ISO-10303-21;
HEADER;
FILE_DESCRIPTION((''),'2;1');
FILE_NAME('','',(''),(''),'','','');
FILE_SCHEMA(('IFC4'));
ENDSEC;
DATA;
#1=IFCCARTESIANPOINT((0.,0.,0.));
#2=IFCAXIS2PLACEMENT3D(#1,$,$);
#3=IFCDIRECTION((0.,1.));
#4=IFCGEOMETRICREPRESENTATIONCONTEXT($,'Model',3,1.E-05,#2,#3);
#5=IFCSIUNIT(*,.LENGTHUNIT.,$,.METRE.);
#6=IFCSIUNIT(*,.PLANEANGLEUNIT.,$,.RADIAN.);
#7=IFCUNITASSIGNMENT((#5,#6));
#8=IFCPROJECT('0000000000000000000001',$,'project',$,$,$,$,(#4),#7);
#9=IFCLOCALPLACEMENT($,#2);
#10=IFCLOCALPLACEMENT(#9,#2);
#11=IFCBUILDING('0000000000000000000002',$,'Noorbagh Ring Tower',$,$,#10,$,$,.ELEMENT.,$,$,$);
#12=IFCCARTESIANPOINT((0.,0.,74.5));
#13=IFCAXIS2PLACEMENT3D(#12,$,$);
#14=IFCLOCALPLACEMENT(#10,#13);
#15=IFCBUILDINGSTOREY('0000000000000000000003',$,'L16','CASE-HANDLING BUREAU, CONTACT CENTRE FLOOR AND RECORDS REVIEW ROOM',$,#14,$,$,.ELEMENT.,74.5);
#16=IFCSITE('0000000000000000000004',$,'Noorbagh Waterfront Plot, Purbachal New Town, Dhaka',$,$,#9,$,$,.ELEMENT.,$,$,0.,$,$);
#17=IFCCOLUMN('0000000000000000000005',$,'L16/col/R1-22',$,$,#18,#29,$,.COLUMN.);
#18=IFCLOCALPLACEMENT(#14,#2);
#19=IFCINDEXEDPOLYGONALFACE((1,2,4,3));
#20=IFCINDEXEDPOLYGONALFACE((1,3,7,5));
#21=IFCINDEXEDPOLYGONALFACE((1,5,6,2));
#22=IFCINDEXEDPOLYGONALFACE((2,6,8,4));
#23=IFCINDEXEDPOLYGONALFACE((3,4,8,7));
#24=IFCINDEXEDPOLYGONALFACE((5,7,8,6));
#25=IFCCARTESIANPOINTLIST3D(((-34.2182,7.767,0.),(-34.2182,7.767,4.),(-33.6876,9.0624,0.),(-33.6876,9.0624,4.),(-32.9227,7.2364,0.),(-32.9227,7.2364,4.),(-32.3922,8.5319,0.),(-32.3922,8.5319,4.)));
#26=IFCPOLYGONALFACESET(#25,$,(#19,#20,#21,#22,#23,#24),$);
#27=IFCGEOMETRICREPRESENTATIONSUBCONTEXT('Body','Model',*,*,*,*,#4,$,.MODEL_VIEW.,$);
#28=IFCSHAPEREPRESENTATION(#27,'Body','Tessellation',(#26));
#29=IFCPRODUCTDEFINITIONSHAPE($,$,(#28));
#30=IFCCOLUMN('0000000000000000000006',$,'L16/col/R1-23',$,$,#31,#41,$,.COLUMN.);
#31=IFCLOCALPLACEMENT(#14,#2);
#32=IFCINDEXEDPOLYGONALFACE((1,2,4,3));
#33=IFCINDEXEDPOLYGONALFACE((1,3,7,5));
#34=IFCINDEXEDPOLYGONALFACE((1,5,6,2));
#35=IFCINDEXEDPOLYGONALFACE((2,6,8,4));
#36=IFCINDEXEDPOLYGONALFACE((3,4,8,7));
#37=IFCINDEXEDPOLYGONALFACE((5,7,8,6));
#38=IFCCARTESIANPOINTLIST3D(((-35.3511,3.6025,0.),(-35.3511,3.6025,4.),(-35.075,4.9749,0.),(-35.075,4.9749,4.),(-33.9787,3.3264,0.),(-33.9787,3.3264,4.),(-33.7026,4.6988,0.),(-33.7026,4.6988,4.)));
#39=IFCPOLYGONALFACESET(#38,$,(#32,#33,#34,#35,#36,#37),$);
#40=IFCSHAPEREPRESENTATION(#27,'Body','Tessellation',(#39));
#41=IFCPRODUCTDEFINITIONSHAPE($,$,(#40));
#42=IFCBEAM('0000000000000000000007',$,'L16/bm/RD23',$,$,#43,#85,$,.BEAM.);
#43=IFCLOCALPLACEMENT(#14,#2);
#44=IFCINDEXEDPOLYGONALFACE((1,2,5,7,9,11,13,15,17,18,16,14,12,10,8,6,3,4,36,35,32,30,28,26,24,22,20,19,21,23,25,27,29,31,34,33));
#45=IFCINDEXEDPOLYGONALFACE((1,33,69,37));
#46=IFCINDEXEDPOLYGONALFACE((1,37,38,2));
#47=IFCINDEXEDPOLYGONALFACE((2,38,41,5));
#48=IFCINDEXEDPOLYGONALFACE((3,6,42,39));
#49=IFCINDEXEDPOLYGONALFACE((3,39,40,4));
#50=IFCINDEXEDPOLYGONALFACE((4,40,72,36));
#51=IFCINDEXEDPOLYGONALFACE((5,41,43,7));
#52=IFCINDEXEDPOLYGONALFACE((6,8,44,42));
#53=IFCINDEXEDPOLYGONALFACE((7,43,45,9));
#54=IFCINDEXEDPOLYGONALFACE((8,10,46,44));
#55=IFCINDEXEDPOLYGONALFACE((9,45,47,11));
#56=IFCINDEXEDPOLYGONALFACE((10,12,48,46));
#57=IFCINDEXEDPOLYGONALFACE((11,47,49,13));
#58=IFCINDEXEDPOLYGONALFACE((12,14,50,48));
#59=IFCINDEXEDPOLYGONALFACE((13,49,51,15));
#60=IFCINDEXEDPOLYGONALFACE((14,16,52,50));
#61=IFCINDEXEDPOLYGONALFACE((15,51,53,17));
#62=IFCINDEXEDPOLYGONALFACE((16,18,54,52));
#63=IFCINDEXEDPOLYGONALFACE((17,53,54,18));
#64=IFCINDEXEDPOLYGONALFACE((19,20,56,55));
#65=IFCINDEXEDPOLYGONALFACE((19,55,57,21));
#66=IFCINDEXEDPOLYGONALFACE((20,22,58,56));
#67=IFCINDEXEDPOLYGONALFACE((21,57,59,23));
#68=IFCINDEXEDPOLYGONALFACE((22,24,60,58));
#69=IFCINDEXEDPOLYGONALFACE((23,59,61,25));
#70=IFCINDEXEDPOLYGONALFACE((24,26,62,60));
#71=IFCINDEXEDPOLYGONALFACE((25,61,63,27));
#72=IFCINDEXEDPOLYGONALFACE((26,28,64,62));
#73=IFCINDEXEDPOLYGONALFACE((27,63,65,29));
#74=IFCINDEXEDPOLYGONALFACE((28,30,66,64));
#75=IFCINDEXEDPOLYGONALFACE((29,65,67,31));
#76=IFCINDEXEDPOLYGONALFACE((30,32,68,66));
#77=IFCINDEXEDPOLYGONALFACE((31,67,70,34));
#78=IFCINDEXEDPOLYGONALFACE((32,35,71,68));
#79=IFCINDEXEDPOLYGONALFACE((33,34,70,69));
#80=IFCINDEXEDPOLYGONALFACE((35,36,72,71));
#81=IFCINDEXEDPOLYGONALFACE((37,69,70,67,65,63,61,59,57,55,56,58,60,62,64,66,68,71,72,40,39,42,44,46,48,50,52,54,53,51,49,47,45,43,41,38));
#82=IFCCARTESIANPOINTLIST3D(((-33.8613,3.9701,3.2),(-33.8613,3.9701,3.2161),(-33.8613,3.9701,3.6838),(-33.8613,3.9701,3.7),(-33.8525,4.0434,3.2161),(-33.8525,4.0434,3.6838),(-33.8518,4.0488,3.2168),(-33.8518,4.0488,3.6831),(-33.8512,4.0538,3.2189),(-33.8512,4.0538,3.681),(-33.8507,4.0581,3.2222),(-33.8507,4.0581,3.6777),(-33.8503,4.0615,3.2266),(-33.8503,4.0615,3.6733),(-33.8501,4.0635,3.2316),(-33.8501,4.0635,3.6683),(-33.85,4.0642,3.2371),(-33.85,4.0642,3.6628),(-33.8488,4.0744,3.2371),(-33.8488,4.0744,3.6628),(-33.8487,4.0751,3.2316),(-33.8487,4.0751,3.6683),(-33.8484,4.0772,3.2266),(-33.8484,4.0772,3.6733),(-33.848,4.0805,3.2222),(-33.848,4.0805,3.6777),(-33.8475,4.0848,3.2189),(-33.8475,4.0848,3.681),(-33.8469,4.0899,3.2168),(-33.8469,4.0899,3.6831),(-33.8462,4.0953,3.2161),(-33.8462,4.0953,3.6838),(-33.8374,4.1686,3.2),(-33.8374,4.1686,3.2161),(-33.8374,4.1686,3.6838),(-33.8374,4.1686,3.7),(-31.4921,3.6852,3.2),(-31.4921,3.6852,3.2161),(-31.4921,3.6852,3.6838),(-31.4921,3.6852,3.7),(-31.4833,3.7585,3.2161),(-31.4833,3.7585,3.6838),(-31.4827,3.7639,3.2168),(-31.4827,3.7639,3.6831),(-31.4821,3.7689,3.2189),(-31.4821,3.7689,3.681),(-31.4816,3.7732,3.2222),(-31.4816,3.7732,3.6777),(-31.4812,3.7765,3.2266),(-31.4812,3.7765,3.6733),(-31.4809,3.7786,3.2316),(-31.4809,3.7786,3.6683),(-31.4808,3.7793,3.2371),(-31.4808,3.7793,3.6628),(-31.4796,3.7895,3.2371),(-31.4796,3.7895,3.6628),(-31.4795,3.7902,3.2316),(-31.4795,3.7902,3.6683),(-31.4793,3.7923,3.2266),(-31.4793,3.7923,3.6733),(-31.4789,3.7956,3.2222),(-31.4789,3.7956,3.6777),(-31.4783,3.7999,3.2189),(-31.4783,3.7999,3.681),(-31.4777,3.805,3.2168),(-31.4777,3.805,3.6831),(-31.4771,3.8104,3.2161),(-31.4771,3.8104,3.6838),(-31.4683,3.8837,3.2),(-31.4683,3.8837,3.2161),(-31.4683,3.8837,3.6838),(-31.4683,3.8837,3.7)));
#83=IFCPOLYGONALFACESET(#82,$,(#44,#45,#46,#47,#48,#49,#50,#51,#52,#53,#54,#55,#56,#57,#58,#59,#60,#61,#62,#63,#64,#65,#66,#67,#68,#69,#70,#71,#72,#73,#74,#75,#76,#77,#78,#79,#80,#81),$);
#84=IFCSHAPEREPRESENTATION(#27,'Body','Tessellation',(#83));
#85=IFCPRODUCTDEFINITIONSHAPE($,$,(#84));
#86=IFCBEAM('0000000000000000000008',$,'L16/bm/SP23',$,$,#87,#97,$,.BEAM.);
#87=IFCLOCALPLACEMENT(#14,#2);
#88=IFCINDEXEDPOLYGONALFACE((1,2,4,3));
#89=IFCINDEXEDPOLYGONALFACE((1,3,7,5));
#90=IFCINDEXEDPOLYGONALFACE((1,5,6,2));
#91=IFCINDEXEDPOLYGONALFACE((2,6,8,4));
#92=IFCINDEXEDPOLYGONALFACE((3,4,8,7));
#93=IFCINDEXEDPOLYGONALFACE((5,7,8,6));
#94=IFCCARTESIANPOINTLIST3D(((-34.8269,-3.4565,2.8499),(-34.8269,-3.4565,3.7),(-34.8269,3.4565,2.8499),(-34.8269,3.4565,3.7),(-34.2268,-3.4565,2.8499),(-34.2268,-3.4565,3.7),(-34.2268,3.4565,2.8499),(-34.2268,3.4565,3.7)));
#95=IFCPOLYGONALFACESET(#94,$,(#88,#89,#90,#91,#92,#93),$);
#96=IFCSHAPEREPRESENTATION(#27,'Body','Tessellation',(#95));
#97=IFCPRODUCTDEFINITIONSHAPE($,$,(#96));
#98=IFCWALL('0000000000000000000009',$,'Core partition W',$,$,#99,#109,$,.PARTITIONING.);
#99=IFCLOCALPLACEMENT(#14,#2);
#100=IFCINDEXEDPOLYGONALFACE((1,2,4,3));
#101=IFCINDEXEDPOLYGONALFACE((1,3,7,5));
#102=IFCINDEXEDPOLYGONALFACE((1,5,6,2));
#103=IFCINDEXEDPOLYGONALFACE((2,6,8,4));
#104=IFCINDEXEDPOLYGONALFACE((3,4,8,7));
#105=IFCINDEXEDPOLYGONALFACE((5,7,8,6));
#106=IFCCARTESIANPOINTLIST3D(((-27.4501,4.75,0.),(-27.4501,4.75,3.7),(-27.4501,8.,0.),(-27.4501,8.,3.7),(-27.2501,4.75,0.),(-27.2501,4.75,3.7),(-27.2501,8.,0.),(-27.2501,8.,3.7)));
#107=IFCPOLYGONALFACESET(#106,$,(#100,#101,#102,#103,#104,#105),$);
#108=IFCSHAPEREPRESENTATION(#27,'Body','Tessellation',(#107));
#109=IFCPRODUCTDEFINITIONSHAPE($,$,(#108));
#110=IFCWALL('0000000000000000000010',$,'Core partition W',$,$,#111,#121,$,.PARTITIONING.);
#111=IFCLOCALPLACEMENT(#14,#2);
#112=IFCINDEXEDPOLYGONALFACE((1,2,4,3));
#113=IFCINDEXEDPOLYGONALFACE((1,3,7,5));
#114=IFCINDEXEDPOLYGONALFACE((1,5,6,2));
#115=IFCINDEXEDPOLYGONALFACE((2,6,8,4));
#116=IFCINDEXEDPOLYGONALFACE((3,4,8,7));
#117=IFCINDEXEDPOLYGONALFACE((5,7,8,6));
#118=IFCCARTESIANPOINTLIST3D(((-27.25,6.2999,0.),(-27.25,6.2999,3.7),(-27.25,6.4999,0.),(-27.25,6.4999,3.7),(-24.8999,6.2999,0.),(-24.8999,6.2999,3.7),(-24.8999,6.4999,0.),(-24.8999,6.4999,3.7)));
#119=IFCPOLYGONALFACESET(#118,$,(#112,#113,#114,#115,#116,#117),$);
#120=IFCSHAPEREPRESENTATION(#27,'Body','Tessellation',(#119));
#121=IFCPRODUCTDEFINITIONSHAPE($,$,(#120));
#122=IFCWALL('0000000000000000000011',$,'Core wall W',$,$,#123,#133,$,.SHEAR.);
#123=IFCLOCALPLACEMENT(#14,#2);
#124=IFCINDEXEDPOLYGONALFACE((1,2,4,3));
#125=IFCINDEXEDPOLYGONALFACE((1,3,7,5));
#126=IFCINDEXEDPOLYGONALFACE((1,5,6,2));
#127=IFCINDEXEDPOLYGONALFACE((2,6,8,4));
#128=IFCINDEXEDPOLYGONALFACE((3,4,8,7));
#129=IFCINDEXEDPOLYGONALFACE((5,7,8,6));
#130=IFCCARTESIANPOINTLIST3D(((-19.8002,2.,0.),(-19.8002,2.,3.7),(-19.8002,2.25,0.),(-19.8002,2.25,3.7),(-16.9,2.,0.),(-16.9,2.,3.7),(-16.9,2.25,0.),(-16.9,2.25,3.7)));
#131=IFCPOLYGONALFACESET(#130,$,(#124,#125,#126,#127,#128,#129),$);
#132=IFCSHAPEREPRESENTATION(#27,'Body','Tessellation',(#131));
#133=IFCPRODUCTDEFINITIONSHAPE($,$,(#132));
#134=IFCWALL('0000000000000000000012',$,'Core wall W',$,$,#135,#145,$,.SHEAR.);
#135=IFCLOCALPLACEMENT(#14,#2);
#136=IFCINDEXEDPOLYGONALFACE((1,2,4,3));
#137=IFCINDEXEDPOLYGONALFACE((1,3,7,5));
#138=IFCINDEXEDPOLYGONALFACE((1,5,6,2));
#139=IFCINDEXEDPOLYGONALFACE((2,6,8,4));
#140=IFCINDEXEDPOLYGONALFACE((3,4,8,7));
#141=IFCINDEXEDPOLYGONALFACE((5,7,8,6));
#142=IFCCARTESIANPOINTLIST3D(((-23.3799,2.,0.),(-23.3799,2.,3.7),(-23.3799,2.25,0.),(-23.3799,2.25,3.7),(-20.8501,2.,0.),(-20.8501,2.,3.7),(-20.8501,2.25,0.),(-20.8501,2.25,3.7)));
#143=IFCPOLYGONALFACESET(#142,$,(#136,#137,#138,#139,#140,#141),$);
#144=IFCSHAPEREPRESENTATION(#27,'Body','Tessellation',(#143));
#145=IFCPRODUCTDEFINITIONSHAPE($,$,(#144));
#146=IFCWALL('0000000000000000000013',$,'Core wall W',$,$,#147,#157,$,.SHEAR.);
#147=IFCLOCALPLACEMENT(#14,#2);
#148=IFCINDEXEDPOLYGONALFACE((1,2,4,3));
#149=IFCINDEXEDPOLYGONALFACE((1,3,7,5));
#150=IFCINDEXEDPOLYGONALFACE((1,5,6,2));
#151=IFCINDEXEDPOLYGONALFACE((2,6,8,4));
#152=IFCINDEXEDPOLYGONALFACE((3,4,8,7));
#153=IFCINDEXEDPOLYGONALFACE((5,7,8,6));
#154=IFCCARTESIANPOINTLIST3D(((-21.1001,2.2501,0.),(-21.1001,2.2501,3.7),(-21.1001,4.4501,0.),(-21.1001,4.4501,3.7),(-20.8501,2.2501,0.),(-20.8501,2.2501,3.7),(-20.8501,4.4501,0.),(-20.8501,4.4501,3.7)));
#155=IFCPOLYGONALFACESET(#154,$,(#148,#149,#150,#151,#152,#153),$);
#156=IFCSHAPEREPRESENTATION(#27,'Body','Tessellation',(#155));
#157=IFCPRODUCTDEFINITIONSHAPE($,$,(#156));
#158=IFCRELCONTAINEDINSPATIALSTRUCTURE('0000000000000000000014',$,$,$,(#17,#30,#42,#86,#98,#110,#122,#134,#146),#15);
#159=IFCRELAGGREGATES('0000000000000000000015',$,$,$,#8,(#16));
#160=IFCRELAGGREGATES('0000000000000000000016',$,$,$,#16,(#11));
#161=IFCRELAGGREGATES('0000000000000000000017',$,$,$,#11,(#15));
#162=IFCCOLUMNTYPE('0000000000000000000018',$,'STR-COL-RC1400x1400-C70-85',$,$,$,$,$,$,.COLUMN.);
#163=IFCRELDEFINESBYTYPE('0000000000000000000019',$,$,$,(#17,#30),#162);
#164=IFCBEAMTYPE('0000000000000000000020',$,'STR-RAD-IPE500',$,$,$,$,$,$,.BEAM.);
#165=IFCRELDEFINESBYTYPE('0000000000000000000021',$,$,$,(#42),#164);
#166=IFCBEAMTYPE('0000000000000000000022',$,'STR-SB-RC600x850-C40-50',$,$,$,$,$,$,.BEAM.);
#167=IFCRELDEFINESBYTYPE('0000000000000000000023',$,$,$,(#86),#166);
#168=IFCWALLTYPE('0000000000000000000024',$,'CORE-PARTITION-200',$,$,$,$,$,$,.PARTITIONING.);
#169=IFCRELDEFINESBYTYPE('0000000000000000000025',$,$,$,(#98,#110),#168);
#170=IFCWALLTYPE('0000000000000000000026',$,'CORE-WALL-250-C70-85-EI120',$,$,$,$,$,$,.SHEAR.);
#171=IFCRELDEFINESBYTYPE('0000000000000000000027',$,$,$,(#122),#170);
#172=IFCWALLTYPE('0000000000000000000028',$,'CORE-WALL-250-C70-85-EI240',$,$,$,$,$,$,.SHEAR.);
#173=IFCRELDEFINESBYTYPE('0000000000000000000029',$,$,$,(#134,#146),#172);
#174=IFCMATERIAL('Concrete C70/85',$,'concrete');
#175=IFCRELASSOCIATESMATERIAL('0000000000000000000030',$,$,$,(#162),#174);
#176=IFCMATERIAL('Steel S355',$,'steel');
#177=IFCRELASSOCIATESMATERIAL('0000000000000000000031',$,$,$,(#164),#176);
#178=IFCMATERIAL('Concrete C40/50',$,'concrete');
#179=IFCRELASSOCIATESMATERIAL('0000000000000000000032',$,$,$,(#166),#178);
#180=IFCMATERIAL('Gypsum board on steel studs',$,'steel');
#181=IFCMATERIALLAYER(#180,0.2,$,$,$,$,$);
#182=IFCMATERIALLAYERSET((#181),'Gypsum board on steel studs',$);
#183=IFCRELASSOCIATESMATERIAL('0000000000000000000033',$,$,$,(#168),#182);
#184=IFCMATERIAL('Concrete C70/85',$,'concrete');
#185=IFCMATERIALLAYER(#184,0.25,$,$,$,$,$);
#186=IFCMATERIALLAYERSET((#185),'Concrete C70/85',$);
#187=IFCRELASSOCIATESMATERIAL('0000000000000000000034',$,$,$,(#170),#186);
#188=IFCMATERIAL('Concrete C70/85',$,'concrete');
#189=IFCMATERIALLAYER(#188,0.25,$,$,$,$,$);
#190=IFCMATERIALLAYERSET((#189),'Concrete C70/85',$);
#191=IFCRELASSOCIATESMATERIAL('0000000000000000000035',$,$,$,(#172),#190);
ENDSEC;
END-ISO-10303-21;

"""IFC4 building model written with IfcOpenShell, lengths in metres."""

from ifc_helpers import new_model, si_unit, direction, frame, frame_2d, origin, origin_2d, place, context, subcontext, project, spatial, rectangle, i_section, extrude, material, layer, layer_set, material_profile, profile_set, type_object, element, save


model = new_model("IFC4")

# Units and contexts
model_context = context("Model", 3, precision=1e-05, world=origin(), true_north=direction((0.0, 1.0)))
body_context = subcontext(model_context, "Body", "Model", "MODEL_VIEW")
ifc_project = project(units=[si_unit("LENGTHUNIT", "METRE"), si_unit("PLANEANGLEUNIT", "RADIAN")], contexts=[model_context])

# Site, building, storey
site_placement = place(None, origin())
site = spatial("IfcSite", under=ifc_project, at=site_placement, Name="Noorbagh Waterfront Plot, Purbachal New Town, Dhaka", CompositionType="ELEMENT", RefElevation=0.0)
building_placement = place(site_placement, origin())
building = spatial("IfcBuilding", under=site, at=building_placement, Name="Noorbagh Ring Tower", CompositionType="ELEMENT")
storey_placement = place(building_placement, frame((0.0, 0.0, 74.5)))
storey = spatial("IfcBuildingStorey", under=building, at=storey_placement, Name="L16", Description="CASE-HANDLING BUREAU, CONTACT CENTRE FLOOR AND RECORDS REVIEW ROOM", CompositionType="ELEMENT", Elevation=74.5)

# Columns
ifc_material_1 = material(Name="Concrete C70/85", Category="concrete")
ifc_material_profile_1 = material_profile(ifc_material_1, rectangle(XDim=1.3999, YDim=1.3999, at=origin_2d()), Name="RC1400x1400")
ifc_profile_set_1 = profile_set([ifc_material_profile_1], Name="Concrete C70/85")
column_type = type_object("IfcColumnType", Name="STR-COL-RC1400x1400-C70-85", PredefinedType="COLUMN", material=ifc_profile_set_1)
for number, where, z_axis, x_axis, name in (
    (1, (-33.3052, 8.1494, 0.0), (0.0, 0.0, 1.0), (-0.378989, -0.925401, 0.0), "L16/col/R1-22"),
    (2, (-34.5269, 4.1506, 0.0), (0.0, 0.0, 1.0), (-0.19723, -0.980357, 0.0), "L16/col/R1-23"),
):
    element("IfcColumn", number, at=place(storey_placement, frame(where, z_axis=z_axis, x_axis=x_axis)), inside=storey, type_object=column_type, Name=name, PredefinedType="COLUMN", context=body_context, shape_type="SweptSolid", body=[
        extrude(rectangle(XDim=1.3999, YDim=1.3999, at=origin_2d()), origin(), (0.0, 0.0, 1.0), 4.0),
    ])

# Beams
ifc_material_2 = material(Name="Steel S355", Category="steel")
ifc_material_profile_2 = material_profile(ifc_material_2, i_section(OverallWidth=0.2, OverallDepth=0.5, WebThickness=0.0103, FlangeThickness=0.0161, FilletRadius=0.021, at=origin_2d()), Name="IPE500")
ifc_profile_set_2 = profile_set([ifc_material_profile_2], Name="Steel S355")
beam_type_1 = type_object("IfcBeamType", Name="STR-RAD-IPE500", PredefinedType="BEAM", material=ifc_profile_set_2)
beam_1_placement = place(storey_placement, frame((-33.8494, 4.0693, 3.45), z_axis=(0.992846, -0.119399, 0.0), x_axis=(0.119399, 0.992846, 0.0)))
element("IfcBeam", 3, at=beam_1_placement, inside=storey, type_object=beam_type_1, Name="L16/bm/RD23", PredefinedType="BEAM", context=body_context, shape_type="SweptSolid", body=[
    extrude(i_section(OverallWidth=0.2, OverallDepth=0.5, WebThickness=0.0103, FlangeThickness=0.0161, FilletRadius=0.021, at=origin_2d()), origin(), (0.0, 0.0, 1.0), 2.3862),
])
ifc_material_3 = material(Name="Concrete C40/50", Category="concrete")
ifc_material_profile_3 = material_profile(ifc_material_3, rectangle(XDim=0.6001, YDim=0.8501, at=origin_2d()), Name="RC600x850")
ifc_profile_set_3 = profile_set([ifc_material_profile_3], Name="Concrete C40/50")
beam_type_2 = type_object("IfcBeamType", Name="STR-SB-RC600x850-C40-50", PredefinedType="BEAM", material=ifc_profile_set_3)
beam_2_placement = place(storey_placement, frame((-34.5269, 3.4565, 3.2749), z_axis=(0.0, -1.0, 0.0), x_axis=(1.0, 0.0, 0.0)))
element("IfcBeam", 4, at=beam_2_placement, inside=storey, type_object=beam_type_2, Name="L16/bm/SP23", PredefinedType="BEAM", context=body_context, shape_type="SweptSolid", body=[
    extrude(rectangle(XDim=0.6001, YDim=0.8501, at=origin_2d()), origin(), (0.0, 0.0, 1.0), 6.9131),
])

# Walls
ifc_material_4 = material(Name="Gypsum board on steel studs", Category="steel")
ifc_layer_1 = layer(ifc_material_4, 0.2)
ifc_layer_set_1 = layer_set([ifc_layer_1], Name="Gypsum board on steel studs")
wall_type_1 = type_object("IfcWallType", Name="CORE-PARTITION-200", PredefinedType="PARTITIONING", material=ifc_layer_set_1)
wall_1_placement = place(storey_placement, frame((-27.3501, 4.75, 0.0), z_axis=(0.0, 0.0, 1.0), x_axis=(0.0, 1.0, 0.0)))
element("IfcWall", 5, at=wall_1_placement, inside=storey, type_object=wall_type_1, Name="Core partition W", PredefinedType="PARTITIONING", context=body_context, shape_type="SweptSolid", body=[
    extrude(rectangle(XDim=3.25, YDim=0.2, at=frame_2d((1.625, 0.0))), origin(), (0.0, 0.0, 1.0), 3.7),
])
wall_2_placement = place(storey_placement, frame((-24.8999, 6.3999, 0.0), z_axis=(0.0, 0.0, 1.0), x_axis=(-1.0, 0.0, 0.0)))
element("IfcWall", 6, at=wall_2_placement, inside=storey, type_object=wall_type_1, Name="Core partition W", PredefinedType="PARTITIONING", context=body_context, shape_type="SweptSolid", body=[
    extrude(rectangle(XDim=2.3501, YDim=0.2, at=frame_2d((1.175, 0.0))), origin(), (0.0, 0.0, 1.0), 3.7),
])
ifc_material_5 = material(Name="Concrete C70/85", Category="concrete")
ifc_layer_2 = layer(ifc_material_5, 0.25)
ifc_layer_set_2 = layer_set([ifc_layer_2], Name="Concrete C70/85")
wall_type_2 = type_object("IfcWallType", Name="CORE-WALL-250-C70-85-EI120", PredefinedType="SHEAR", material=ifc_layer_set_2)
wall_3_placement = place(storey_placement, frame((-16.8999, 2.125, 0.0), z_axis=(0.0, 0.0, 1.0), x_axis=(-1.0, 0.0, 0.0)))
element("IfcWall", 7, at=wall_3_placement, inside=storey, type_object=wall_type_2, Name="Core wall W", PredefinedType="SHEAR", context=body_context, shape_type="SweptSolid", body=[
    extrude(rectangle(XDim=2.9001, YDim=0.25, at=frame_2d((1.4502, 0.0))), origin(), (0.0, 0.0, 1.0), 3.7),
])
ifc_material_6 = material(Name="Concrete C70/85", Category="concrete")
ifc_layer_3 = layer(ifc_material_6, 0.25)
ifc_layer_set_3 = layer_set([ifc_layer_3], Name="Concrete C70/85")
wall_type_3 = type_object("IfcWallType", Name="CORE-WALL-250-C70-85-EI240", PredefinedType="SHEAR", material=ifc_layer_set_3)
wall_4_placement = place(storey_placement, frame((-20.8501, 2.125, 0.0), z_axis=(0.0, 0.0, 1.0), x_axis=(-1.0, 0.0, 0.0)))
element("IfcWall", 8, at=wall_4_placement, inside=storey, type_object=wall_type_3, Name="Core wall W", PredefinedType="SHEAR", context=body_context, shape_type="SweptSolid", body=[
    extrude(rectangle(XDim=2.5298, YDim=0.25, at=frame_2d((1.2649, 0.0))), origin(), (0.0, 0.0, 1.0), 3.7),
])
wall_5_placement = place(storey_placement, frame((-20.9751, 2.25, 0.0), z_axis=(0.0, 0.0, 1.0), x_axis=(0.0, 1.0, 0.0)))
element("IfcWall", 9, at=wall_5_placement, inside=storey, type_object=wall_type_3, Name="Core wall W", PredefinedType="SHEAR", context=body_context, shape_type="SweptSolid", body=[
    extrude(rectangle(XDim=2.2, YDim=0.25, at=frame_2d((1.1001, 0.0))), origin(), (0.0, 0.0, 1.0), 3.7),
])

save(model, "model.ifc")
